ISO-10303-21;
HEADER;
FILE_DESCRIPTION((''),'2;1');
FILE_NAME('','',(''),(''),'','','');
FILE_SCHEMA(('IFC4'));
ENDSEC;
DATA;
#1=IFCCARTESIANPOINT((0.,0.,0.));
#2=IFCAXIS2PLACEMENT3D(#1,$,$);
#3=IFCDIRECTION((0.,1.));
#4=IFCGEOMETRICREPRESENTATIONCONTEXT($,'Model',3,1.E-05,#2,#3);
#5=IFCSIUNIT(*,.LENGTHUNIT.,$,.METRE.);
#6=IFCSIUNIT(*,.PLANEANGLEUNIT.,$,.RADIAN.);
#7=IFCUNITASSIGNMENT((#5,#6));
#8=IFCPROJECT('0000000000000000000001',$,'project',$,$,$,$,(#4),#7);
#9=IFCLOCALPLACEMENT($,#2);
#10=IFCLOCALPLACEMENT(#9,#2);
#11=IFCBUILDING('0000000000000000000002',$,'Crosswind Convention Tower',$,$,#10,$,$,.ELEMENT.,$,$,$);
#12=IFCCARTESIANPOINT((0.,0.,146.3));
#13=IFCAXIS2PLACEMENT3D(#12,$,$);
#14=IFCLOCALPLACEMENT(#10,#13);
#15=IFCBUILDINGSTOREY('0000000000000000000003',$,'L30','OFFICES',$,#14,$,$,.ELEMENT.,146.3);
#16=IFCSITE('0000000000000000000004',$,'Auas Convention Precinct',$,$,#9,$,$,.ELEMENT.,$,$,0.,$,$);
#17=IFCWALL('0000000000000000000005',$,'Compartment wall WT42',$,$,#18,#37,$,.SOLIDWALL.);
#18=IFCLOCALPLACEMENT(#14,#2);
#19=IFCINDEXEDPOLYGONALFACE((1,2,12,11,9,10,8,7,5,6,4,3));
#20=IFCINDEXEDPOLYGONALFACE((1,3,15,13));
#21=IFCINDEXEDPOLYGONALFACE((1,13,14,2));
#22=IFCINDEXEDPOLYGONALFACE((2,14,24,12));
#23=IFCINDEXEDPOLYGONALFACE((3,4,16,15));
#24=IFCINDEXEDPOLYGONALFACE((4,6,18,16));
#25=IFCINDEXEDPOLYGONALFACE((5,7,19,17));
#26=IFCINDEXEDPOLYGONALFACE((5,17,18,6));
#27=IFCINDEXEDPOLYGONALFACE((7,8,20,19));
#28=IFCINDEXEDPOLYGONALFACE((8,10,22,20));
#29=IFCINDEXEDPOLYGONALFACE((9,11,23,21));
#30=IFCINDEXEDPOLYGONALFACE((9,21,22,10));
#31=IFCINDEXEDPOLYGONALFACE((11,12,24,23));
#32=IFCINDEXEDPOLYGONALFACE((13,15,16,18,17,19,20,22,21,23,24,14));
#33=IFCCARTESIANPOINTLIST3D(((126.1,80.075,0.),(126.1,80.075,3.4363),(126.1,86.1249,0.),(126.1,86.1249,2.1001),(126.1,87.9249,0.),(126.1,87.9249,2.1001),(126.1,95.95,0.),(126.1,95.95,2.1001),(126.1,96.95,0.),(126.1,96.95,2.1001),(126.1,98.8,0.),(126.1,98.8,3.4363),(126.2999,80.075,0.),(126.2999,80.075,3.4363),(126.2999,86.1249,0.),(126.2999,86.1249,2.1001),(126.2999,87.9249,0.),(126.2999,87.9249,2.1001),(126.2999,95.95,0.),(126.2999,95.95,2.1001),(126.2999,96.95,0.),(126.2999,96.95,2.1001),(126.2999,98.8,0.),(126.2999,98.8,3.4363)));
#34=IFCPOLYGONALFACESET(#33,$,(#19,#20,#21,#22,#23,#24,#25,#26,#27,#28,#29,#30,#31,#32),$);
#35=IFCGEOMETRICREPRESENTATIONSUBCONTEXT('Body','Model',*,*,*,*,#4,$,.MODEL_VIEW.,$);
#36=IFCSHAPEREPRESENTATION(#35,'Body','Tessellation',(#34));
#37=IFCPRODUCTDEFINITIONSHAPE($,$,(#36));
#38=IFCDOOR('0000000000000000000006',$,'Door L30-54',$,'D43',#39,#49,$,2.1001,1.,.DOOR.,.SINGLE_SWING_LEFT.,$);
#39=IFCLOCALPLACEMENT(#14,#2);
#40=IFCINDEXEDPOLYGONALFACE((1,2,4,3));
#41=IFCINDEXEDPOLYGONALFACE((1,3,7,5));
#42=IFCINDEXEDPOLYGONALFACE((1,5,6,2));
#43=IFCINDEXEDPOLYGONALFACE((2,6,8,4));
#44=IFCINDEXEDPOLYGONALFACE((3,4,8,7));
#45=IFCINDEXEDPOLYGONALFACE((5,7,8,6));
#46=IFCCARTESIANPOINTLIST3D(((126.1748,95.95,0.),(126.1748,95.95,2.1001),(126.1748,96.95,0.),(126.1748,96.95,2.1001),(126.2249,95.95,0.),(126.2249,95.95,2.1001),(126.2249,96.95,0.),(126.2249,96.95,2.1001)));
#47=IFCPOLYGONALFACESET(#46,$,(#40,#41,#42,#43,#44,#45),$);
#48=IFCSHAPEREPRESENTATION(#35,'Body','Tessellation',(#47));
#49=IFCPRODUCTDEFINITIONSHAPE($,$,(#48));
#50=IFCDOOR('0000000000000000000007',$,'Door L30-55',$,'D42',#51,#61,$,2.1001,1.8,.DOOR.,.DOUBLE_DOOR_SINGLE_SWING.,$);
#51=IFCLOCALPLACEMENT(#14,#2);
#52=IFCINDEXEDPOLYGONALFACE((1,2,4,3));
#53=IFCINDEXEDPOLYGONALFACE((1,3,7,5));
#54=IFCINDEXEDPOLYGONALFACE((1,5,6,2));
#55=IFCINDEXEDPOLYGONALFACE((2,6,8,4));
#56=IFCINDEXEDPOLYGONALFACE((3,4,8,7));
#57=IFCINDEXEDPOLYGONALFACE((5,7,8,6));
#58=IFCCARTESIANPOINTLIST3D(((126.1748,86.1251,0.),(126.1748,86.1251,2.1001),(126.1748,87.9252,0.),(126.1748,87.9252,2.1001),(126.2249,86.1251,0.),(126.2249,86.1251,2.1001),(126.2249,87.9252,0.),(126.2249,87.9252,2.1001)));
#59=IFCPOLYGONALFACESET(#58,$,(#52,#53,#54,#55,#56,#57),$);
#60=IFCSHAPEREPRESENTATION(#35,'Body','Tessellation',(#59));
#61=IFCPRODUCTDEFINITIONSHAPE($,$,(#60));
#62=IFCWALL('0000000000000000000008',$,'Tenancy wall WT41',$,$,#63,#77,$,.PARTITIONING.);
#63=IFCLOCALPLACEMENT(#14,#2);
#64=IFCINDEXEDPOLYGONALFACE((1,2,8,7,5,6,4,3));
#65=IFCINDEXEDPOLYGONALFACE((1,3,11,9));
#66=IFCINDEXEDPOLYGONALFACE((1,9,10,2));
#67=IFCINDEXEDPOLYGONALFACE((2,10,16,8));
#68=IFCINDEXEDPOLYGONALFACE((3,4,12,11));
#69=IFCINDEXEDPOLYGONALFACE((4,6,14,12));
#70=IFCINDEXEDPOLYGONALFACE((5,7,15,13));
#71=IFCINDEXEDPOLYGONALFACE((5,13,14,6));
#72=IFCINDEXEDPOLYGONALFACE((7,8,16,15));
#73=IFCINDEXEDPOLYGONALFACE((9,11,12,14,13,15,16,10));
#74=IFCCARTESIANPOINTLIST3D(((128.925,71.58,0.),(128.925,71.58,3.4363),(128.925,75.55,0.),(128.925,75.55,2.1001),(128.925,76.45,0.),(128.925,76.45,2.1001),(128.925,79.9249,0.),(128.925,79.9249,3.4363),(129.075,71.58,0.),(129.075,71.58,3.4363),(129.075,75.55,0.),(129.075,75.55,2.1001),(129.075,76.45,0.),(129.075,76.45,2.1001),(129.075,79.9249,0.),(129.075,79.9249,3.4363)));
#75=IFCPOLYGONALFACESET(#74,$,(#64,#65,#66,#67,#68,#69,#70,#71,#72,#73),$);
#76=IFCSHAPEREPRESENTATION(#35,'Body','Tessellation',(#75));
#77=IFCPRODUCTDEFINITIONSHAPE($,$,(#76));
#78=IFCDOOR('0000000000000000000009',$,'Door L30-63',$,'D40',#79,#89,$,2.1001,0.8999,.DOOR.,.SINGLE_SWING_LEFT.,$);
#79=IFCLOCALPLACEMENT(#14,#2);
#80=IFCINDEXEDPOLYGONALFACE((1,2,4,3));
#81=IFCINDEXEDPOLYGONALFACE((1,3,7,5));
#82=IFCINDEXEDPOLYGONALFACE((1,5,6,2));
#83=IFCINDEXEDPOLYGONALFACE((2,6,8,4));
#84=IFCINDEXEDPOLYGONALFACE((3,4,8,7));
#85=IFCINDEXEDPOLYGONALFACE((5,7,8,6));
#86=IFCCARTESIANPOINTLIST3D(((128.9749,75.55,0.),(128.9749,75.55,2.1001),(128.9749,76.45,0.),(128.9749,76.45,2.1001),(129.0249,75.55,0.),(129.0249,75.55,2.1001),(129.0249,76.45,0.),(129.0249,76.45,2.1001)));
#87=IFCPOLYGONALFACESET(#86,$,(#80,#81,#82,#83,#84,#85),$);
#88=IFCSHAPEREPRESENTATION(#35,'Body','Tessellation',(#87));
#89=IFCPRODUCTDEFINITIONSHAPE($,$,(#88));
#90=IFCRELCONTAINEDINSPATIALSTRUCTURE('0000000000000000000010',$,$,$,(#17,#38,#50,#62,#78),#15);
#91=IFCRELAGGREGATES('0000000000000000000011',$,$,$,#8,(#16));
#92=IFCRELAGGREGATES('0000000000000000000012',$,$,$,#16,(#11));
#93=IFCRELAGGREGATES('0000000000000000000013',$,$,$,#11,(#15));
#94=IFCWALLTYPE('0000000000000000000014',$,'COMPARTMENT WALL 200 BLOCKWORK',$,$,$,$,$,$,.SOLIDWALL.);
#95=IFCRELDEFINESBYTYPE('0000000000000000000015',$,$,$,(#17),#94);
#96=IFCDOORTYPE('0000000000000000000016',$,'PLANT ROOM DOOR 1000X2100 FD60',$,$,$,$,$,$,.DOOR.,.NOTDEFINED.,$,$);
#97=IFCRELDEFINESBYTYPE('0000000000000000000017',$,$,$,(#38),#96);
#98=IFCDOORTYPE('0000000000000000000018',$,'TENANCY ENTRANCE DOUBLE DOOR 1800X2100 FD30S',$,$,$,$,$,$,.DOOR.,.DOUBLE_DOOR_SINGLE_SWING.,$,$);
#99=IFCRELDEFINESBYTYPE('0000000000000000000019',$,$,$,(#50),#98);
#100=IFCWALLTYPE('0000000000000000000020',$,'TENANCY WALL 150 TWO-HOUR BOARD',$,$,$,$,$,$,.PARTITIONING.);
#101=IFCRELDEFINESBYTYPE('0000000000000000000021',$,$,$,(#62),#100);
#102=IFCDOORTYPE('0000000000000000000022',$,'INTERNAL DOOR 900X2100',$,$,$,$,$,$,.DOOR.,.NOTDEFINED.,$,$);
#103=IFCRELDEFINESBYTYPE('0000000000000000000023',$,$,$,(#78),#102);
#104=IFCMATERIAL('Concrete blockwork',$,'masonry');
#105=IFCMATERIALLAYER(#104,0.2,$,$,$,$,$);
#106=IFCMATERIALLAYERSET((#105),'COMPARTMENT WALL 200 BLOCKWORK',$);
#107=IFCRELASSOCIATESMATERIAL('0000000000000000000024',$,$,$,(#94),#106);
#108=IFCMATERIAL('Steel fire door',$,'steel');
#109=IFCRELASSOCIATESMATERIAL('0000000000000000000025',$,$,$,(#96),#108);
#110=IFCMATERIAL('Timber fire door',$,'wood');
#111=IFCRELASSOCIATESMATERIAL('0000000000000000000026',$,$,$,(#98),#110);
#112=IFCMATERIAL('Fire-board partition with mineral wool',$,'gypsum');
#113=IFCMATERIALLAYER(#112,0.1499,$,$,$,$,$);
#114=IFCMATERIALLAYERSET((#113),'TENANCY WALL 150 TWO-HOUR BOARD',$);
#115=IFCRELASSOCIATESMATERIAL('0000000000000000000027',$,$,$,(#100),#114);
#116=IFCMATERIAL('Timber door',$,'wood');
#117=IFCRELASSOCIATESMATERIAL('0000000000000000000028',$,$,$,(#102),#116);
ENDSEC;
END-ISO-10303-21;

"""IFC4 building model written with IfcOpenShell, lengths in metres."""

from ifc_helpers import new_model, si_unit, direction, frame, frame_2d, origin, place, context, subcontext, project, spatial, rectangle, extrude, material, layer, layer_set, type_object, element, fill, save


model = new_model("IFC4")

# Units and contexts
model_context = context("Model", 3, precision=1e-05, world=origin(), true_north=direction((0.0, 1.0)))
body_context = subcontext(model_context, "Body", "Model", "MODEL_VIEW")
ifc_project = project(units=[si_unit("LENGTHUNIT", "METRE"), si_unit("PLANEANGLEUNIT", "RADIAN")], contexts=[model_context])

# Site, building, storey
site_placement = place(None, origin())
site = spatial("IfcSite", under=ifc_project, at=site_placement, Name="Auas Convention Precinct", CompositionType="ELEMENT", RefElevation=0.0)
building_placement = place(site_placement, origin())
building = spatial("IfcBuilding", under=site, at=building_placement, Name="Crosswind Convention Tower", CompositionType="ELEMENT")
storey_placement = place(building_placement, frame((0.0, 0.0, 146.3)))
storey = spatial("IfcBuildingStorey", under=building, at=storey_placement, Name="L30", Description="OFFICES", CompositionType="ELEMENT", Elevation=146.3)

# Wall, openings, doors
ifc_material_1 = material(Name="Concrete blockwork", Category="masonry")
ifc_layer_1 = layer(ifc_material_1, 0.2)
ifc_layer_set_1 = layer_set([ifc_layer_1], Name="COMPARTMENT WALL 200 BLOCKWORK")
wall_type_1 = type_object("IfcWallType", Name="COMPARTMENT WALL 200 BLOCKWORK", PredefinedType="SOLIDWALL", material=ifc_layer_set_1)
ifc_material_2 = material(Name="Steel fire door", Category="steel")
door_type_1 = type_object("IfcDoorType", Name="PLANT ROOM DOOR 1000X2100 FD60", OperationType="NOTDEFINED", PredefinedType="DOOR", material=ifc_material_2)
ifc_material_3 = material(Name="Timber fire door", Category="wood")
wall_1_placement = place(storey_placement, frame((126.2, 80.075, 0.0), z_axis=(0.0, 0.0, 1.0), x_axis=(0.0, 1.0, 0.0)))
wall_1 = element("IfcWall", 1, at=wall_1_placement, inside=storey, type_object=wall_type_1, Name="Compartment wall WT42", PredefinedType="SOLIDWALL", context=body_context, shape_type="SweptSolid", body=[
    extrude(rectangle(XDim=18.7251, YDim=0.2, at=frame_2d((9.3625, 0.0))), origin(), (0.0, 0.0, 1.0), 3.4363),
])
opening_1_placement = place(wall_1_placement, frame((15.875, 0.0, 0.0)))
opening_1 = element("IfcOpeningElement", 2, at=opening_1_placement, cuts=wall_1, PredefinedType="OPENING", context=body_context, shape_type="SweptSolid", body=[
    extrude(rectangle(XDim=1.0, YDim=2.1001, at=frame_2d((0.5, 1.05))), frame((0.0, 0.1099, 0.0), z_axis=(0.0, -1.0, 0.0), x_axis=(1.0, 0.0, 0.0)), (0.0, 0.0, 1.0), 0.22),
])
opening_2_placement = place(wall_1_placement, frame((6.05, 0.0, 0.0)))
opening_2 = element("IfcOpeningElement", 3, at=opening_2_placement, cuts=wall_1, PredefinedType="OPENING", context=body_context, shape_type="SweptSolid", body=[
    extrude(rectangle(XDim=1.8, YDim=2.1001, at=frame_2d((0.8999, 1.05))), frame((0.0, 0.1099, 0.0), z_axis=(0.0, -1.0, 0.0), x_axis=(1.0, 0.0, 0.0)), (0.0, 0.0, 1.0), 0.22),
])
door_1_placement = place(opening_1_placement, frame((1.0, 0.0, 0.0), z_axis=(0.0, 0.0, 1.0), x_axis=(-1.0, 0.0, 0.0)))
door_1 = element("IfcDoor", 4, at=door_1_placement, inside=storey, type_object=door_type_1, Name="Door L30-54", ObjectType="D43", OperationType="SINGLE_SWING_LEFT", OverallHeight=2.1001, OverallWidth=1.0, PredefinedType="DOOR", context=body_context, shape_type="SweptSolid", body=[
    extrude(rectangle(XDim=1.0, YDim=2.1001, at=frame_2d((0.5, 1.05))), frame((0.0, 0.0249, 0.0), z_axis=(0.0, -1.0, 0.0), x_axis=(1.0, 0.0, 0.0)), (0.0, 0.0, 1.0), 0.05),
])
fill(opening_1, door_1)
door_type_2 = type_object("IfcDoorType", Name="TENANCY ENTRANCE DOUBLE DOOR 1800X2100 FD30S", OperationType="DOUBLE_DOOR_SINGLE_SWING", PredefinedType="DOOR", material=ifc_material_3)
door_2_placement = place(opening_2_placement, frame((1.8, 0.0, 0.0), z_axis=(0.0, 0.0, 1.0), x_axis=(-1.0, 0.0, 0.0)))
door_2 = element("IfcDoor", 5, at=door_2_placement, inside=storey, type_object=door_type_2, Name="Door L30-55", ObjectType="D42", OperationType="DOUBLE_DOOR_SINGLE_SWING", OverallHeight=2.1001, OverallWidth=1.8, PredefinedType="DOOR", context=body_context, shape_type="SweptSolid", body=[
    extrude(rectangle(XDim=1.8, YDim=2.1001, at=frame_2d((0.8999, 1.05))), frame((0.0, 0.0249, 0.0), z_axis=(0.0, -1.0, 0.0), x_axis=(1.0, 0.0, 0.0)), (0.0, 0.0, 1.0), 0.05),
])
fill(opening_2, door_2)

# Wall, opening, door
ifc_material_4 = material(Name="Fire-board partition with mineral wool", Category="gypsum")
ifc_layer_2 = layer(ifc_material_4, 0.1499)
ifc_layer_set_2 = layer_set([ifc_layer_2], Name="TENANCY WALL 150 TWO-HOUR BOARD")
wall_type_2 = type_object("IfcWallType", Name="TENANCY WALL 150 TWO-HOUR BOARD", PredefinedType="PARTITIONING", material=ifc_layer_set_2)
wall_2_placement = place(storey_placement, frame((129.0, 71.5801, 0.0), z_axis=(0.0, 0.0, 1.0), x_axis=(0.0, 1.0, 0.0)))
wall_2 = element("IfcWall", 6, at=wall_2_placement, inside=storey, type_object=wall_type_2, Name="Tenancy wall WT41", PredefinedType="PARTITIONING", context=body_context, shape_type="SweptSolid", body=[
    extrude(rectangle(XDim=8.345, YDim=0.1499, at=frame_2d((4.1724, 0.0))), origin(), (0.0, 0.0, 1.0), 3.4363),
])
opening_3_placement = place(wall_2_placement, frame((3.97, 0.0, 0.0)))
opening_3 = element("IfcOpeningElement", 7, at=opening_3_placement, cuts=wall_2, PredefinedType="OPENING", context=body_context, shape_type="SweptSolid", body=[
    extrude(rectangle(XDim=0.8999, YDim=2.1001, at=frame_2d((0.45, 1.05))), frame((0.0, 0.085, 0.0), z_axis=(0.0, -1.0, 0.0), x_axis=(1.0, 0.0, 0.0)), (0.0, 0.0, 1.0), 0.1699),
])
ifc_material_5 = material(Name="Timber door", Category="wood")
door_type_3 = type_object("IfcDoorType", Name="INTERNAL DOOR 900X2100", OperationType="NOTDEFINED", PredefinedType="DOOR", material=ifc_material_5)
door_3_placement = place(opening_3_placement, frame((0.8999, 0.0, 0.0), z_axis=(0.0, 0.0, 1.0), x_axis=(-1.0, 0.0, 0.0)))
door_3 = element("IfcDoor", 8, at=door_3_placement, inside=storey, type_object=door_type_3, Name="Door L30-63", ObjectType="D40", OperationType="SINGLE_SWING_LEFT", OverallHeight=2.1001, OverallWidth=0.8999, PredefinedType="DOOR", context=body_context, shape_type="SweptSolid", body=[
    extrude(rectangle(XDim=0.8999, YDim=2.1001, at=frame_2d((0.45, 1.05))), frame((0.0, 0.0249, 0.0), z_axis=(0.0, -1.0, 0.0), x_axis=(1.0, 0.0, 0.0)), (0.0, 0.0, 1.0), 0.05),
])
fill(opening_3, door_3)

save(model, "model.ifc")
